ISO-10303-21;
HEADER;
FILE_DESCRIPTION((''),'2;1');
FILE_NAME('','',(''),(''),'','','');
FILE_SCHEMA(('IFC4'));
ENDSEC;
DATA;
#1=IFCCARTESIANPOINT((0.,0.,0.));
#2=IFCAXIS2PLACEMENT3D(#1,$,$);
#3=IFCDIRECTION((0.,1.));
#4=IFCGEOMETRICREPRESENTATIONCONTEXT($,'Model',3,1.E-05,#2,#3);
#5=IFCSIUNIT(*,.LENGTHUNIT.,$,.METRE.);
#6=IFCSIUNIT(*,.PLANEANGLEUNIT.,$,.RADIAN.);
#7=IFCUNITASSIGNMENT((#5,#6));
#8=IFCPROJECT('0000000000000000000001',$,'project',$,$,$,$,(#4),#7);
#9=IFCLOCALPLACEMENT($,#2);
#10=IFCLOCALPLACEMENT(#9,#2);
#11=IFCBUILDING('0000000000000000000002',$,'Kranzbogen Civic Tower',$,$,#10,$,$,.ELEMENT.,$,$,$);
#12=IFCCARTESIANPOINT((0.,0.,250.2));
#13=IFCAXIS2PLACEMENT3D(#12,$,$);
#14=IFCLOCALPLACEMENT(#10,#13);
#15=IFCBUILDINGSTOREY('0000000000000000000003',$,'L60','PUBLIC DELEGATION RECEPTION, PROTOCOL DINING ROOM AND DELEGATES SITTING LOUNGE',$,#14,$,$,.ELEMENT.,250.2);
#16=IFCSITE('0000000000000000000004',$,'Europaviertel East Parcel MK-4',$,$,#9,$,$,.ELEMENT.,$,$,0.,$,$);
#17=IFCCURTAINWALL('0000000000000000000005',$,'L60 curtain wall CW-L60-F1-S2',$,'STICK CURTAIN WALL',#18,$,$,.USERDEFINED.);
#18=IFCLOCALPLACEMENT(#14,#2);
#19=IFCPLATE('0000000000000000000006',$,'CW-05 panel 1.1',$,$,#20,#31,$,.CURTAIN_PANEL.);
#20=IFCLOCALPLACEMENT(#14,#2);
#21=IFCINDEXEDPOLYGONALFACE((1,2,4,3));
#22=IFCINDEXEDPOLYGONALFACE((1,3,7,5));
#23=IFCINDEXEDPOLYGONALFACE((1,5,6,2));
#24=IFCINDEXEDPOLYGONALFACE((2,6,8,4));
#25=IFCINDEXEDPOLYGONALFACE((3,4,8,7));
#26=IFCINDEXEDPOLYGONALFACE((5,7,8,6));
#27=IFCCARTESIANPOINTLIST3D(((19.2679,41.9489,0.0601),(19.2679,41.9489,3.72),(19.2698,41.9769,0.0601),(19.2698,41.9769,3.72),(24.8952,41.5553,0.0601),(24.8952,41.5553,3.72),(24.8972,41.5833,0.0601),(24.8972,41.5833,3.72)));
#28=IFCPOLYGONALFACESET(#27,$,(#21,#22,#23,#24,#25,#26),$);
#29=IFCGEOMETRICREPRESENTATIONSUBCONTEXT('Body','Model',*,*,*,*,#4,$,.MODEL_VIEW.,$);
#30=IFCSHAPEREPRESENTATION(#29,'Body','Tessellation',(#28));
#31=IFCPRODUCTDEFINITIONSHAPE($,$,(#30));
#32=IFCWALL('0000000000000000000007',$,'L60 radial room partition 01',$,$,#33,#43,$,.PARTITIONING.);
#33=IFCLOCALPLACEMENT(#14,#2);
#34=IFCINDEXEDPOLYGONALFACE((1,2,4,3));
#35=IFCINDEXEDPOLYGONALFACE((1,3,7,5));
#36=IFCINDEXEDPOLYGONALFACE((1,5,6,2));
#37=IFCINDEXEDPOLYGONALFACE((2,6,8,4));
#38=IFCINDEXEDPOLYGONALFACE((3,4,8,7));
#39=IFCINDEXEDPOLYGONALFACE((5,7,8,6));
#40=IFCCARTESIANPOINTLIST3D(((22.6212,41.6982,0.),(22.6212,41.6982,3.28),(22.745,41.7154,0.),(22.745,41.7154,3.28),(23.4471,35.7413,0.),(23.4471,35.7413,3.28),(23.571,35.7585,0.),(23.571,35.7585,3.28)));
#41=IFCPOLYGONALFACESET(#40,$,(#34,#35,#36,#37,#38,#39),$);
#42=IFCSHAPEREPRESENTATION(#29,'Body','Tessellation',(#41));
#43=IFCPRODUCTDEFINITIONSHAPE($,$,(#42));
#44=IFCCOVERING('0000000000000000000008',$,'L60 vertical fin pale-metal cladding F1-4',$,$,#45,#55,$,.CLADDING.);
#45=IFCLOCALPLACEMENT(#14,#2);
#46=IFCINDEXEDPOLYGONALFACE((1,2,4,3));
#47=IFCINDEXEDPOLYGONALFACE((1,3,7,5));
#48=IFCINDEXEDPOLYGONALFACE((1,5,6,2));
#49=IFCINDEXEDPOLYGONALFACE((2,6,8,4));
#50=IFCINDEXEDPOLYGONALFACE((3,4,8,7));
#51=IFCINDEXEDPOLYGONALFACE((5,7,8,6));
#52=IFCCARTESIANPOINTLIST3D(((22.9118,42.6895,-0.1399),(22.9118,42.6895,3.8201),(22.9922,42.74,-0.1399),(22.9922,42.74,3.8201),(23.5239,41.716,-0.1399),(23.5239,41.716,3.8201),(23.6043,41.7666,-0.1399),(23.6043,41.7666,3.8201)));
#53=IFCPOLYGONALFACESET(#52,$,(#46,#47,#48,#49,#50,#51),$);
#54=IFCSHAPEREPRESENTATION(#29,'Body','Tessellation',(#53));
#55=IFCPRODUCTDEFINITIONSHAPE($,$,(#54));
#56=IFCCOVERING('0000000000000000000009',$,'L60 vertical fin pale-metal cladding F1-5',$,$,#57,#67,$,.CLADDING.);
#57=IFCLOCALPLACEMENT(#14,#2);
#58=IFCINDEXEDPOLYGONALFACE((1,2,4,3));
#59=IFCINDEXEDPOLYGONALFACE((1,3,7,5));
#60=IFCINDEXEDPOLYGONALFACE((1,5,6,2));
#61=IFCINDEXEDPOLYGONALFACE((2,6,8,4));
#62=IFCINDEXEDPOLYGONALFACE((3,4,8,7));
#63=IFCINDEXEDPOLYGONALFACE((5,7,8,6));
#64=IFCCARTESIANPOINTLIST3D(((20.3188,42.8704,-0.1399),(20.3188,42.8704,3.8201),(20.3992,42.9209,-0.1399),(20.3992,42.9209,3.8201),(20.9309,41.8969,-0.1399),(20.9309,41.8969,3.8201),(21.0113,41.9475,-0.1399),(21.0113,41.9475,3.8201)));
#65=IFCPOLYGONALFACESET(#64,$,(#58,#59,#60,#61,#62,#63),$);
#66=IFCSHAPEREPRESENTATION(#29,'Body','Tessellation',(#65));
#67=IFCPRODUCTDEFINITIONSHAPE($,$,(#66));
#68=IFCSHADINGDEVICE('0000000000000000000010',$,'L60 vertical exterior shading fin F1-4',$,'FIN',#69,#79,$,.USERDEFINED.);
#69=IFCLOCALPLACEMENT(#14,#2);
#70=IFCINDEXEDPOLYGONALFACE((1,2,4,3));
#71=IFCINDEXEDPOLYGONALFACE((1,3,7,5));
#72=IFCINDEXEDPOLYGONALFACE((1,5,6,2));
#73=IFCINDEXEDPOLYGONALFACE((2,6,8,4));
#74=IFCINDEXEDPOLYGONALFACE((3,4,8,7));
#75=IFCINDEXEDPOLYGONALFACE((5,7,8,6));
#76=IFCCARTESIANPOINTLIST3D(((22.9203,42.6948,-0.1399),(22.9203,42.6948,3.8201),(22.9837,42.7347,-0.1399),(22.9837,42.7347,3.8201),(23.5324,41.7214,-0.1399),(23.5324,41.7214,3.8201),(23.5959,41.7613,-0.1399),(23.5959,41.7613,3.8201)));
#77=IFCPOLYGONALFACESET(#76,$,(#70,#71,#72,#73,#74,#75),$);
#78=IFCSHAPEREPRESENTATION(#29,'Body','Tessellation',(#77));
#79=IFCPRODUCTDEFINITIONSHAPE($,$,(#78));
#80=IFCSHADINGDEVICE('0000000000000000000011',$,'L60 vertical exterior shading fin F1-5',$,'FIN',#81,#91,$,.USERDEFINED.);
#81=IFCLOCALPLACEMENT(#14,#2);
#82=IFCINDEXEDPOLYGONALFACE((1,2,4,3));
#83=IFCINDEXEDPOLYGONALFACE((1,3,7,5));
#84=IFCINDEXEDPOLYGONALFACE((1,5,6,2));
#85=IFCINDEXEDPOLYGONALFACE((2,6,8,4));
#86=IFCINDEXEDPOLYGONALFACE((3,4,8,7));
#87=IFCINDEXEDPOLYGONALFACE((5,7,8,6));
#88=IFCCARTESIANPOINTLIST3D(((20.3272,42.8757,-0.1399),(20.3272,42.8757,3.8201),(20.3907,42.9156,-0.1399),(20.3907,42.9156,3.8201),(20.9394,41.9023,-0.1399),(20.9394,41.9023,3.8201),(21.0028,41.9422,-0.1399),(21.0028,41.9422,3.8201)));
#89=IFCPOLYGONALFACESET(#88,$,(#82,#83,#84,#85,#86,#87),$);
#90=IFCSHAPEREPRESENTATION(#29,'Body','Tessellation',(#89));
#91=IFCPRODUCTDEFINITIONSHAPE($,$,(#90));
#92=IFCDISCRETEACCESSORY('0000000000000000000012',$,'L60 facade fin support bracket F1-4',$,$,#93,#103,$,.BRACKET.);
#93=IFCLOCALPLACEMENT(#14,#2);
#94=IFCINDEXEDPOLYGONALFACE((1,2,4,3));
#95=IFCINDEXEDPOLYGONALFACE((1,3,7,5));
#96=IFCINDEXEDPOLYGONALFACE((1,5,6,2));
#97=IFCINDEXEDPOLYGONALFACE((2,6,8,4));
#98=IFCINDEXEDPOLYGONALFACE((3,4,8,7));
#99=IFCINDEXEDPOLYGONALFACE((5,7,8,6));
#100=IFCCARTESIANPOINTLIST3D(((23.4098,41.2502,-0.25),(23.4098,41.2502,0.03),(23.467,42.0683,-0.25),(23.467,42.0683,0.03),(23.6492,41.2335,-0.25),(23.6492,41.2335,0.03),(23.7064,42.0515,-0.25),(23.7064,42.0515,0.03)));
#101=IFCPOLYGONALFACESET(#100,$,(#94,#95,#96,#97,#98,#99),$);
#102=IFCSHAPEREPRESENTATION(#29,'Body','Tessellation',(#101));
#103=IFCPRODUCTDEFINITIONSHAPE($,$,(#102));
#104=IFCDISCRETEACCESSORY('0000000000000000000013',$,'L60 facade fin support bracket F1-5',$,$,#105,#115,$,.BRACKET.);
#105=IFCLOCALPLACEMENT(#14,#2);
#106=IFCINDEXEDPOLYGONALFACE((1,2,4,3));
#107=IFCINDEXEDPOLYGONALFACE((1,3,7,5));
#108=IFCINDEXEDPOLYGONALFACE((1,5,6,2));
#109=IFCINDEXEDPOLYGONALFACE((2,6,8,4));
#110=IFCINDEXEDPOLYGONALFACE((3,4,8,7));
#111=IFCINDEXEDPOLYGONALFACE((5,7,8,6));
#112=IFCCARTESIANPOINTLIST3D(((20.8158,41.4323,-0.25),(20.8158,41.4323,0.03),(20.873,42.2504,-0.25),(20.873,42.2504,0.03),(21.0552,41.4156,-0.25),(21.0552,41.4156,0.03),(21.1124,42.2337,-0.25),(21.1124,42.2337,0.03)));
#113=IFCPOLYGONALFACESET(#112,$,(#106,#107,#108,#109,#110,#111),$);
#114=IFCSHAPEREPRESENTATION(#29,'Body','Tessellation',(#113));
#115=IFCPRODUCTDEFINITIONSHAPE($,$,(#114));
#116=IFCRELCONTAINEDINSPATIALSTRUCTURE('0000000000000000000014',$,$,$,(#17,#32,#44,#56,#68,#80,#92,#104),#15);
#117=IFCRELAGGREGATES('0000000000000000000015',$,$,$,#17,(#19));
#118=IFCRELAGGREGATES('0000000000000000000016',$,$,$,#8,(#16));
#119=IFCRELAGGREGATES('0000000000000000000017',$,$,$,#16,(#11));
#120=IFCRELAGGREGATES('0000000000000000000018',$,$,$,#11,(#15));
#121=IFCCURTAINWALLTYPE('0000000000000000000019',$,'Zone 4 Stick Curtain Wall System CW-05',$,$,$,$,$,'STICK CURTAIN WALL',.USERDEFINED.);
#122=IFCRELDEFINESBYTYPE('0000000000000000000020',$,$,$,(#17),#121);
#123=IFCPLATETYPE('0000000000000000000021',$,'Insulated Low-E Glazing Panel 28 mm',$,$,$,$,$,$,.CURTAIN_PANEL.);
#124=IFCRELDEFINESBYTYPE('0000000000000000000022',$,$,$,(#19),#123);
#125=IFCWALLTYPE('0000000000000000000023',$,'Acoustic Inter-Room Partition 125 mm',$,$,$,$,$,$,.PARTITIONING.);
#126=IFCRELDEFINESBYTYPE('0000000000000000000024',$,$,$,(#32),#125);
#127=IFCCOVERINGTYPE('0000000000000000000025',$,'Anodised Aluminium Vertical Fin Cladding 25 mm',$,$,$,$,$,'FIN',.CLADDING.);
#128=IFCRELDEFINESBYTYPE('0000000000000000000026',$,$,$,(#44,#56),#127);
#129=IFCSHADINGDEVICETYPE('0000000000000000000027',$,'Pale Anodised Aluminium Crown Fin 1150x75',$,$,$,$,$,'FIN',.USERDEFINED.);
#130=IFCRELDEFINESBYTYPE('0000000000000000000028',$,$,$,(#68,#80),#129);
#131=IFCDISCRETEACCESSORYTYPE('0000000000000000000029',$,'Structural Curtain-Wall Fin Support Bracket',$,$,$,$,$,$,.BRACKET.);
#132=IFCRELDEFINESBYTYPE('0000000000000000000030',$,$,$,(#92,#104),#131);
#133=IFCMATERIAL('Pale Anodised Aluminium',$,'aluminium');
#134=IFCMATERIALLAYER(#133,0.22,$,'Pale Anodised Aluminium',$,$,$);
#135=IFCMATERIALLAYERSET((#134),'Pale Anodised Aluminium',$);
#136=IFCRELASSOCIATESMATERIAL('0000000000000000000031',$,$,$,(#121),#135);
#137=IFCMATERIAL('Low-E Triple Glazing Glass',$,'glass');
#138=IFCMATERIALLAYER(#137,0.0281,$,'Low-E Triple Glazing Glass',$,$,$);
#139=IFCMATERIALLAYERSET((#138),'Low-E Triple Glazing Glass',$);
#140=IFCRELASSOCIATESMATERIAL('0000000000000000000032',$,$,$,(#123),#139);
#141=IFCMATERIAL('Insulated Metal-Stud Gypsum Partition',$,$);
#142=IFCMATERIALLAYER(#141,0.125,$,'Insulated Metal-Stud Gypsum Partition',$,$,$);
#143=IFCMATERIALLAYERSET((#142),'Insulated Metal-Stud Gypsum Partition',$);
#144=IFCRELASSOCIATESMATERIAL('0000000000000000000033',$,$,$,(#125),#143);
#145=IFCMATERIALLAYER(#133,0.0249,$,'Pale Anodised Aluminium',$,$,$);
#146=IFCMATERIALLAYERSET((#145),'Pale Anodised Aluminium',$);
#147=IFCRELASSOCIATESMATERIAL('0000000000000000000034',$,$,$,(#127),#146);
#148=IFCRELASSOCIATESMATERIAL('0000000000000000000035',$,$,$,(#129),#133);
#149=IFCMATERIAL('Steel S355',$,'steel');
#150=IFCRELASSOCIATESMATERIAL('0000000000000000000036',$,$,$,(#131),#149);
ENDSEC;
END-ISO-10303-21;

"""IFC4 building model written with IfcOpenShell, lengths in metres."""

from ifc_helpers import new_model, si_unit, direction, frame, frame_2d, origin, origin_2d, place, context, subcontext, project, spatial, rectangle, extrude, material, layer, layer_set, type_object, element, aggregate, save


model = new_model("IFC4")

# Units and contexts
model_context = context("Model", 3, precision=1e-05, world=origin(), true_north=direction((0.0, 1.0)))
body_context = subcontext(model_context, "Body", "Model", "MODEL_VIEW")
ifc_project = project(units=[si_unit("LENGTHUNIT", "METRE"), si_unit("PLANEANGLEUNIT", "RADIAN")], contexts=[model_context])

# Site, building, storey
site_placement = place(None, origin())
site = spatial("IfcSite", under=ifc_project, at=site_placement, Name="Europaviertel East Parcel MK-4", CompositionType="ELEMENT", RefElevation=0.0)
building_placement = place(site_placement, origin())
building = spatial("IfcBuilding", under=site, at=building_placement, Name="Kranzbogen Civic Tower", CompositionType="ELEMENT")
storey_placement = place(building_placement, frame((0.0, 0.0, 250.2)))
storey = spatial("IfcBuildingStorey", under=building, at=storey_placement, Name="L60", Description="PUBLIC DELEGATION RECEPTION, PROTOCOL DINING ROOM AND DELEGATES SITTING LOUNGE", CompositionType="ELEMENT", Elevation=250.2)

# Shared definitions
ifc_material_1 = material(Name="Steel S355", Category="steel")

# Curtain wall
ifc_material_2 = material(Name="Pale Anodised Aluminium", Category="aluminium")
ifc_layer_1 = layer(ifc_material_2, 0.22, Name="Pale Anodised Aluminium")
ifc_layer_set_1 = layer_set([ifc_layer_1], Name="Pale Anodised Aluminium")
curtain_wall_type_1 = type_object("IfcCurtainWallType", Name="Zone 4 Stick Curtain Wall System CW-05", ElementType="STICK CURTAIN WALL", PredefinedType="USERDEFINED", material=ifc_layer_set_1)
curtain_wall_1_placement = place(storey_placement, origin())
curtain_wall_1 = element("IfcCurtainWall", 1, at=curtain_wall_1_placement, inside=storey, type_object=curtain_wall_type_1, Name="L60 curtain wall CW-L60-F1-S2", ObjectType="STICK CURTAIN WALL", PredefinedType="USERDEFINED")

# Plate
ifc_material_3 = material(Name="Low-E Triple Glazing Glass", Category="glass")
ifc_layer_2 = layer(ifc_material_3, 0.0281, Name="Low-E Triple Glazing Glass")
ifc_layer_set_2 = layer_set([ifc_layer_2], Name="Low-E Triple Glazing Glass")
plate_type = type_object("IfcPlateType", Name="Insulated Low-E Glazing Panel 28 mm", PredefinedType="CURTAIN_PANEL", material=ifc_layer_set_2)
plate_placement = place(storey_placement, frame((22.0825, 41.7661, 0.0601), z_axis=(0.0, 0.0, 1.0), x_axis=(-0.997562, 0.069779, 0.0)))
plate = element("IfcPlate", 2, at=plate_placement, type_object=plate_type, Name="CW-05 panel 1.1", PredefinedType="CURTAIN_PANEL", context=body_context, shape_type="SweptSolid", body=[
    extrude(rectangle(XDim=5.6411, YDim=0.0281, at=origin_2d()), origin(), (0.0, 0.0, 1.0), 3.6599),
])
aggregate(curtain_wall_1, [plate])

# Wall
ifc_material_4 = material(Name="Insulated Metal-Stud Gypsum Partition")
ifc_layer_3 = layer(ifc_material_4, 0.125, Name="Insulated Metal-Stud Gypsum Partition")
ifc_layer_set_3 = layer_set([ifc_layer_3], Name="Insulated Metal-Stud Gypsum Partition")
wall_type = type_object("IfcWallType", Name="Acoustic Inter-Room Partition 125 mm", PredefinedType="PARTITIONING", material=ifc_layer_set_3)
wall_placement = place(storey_placement, frame((23.509, 35.75, 0.0), z_axis=(0.0, 0.0, 1.0), x_axis=(-0.137334, 0.990525, 0.0)))
element("IfcWall", 3, at=wall_placement, inside=storey, type_object=wall_type, Name="L60 radial room partition 01", PredefinedType="PARTITIONING", context=body_context, shape_type="SweptSolid", body=[
    extrude(rectangle(XDim=6.0139, YDim=0.125, at=frame_2d((3.0068, 0.0))), origin(), (0.0, 0.0, 1.0), 3.28),
])

# Coverings
ifc_layer_4 = layer(ifc_material_2, 0.0249, Name="Pale Anodised Aluminium")
ifc_layer_set_4 = layer_set([ifc_layer_4], Name="Pale Anodised Aluminium")
covering_type = type_object("IfcCoveringType", Name="Anodised Aluminium Vertical Fin Cladding 25 mm", ElementType="FIN", PredefinedType="CLADDING", material=ifc_layer_set_4)
for number, where, z_axis, x_axis, name in (
    (4, (23.2581, 42.228, -0.1399), (0.0, 0.0, 1.0), (-0.532344, 0.846528, 0.0), "L60 vertical fin pale-metal cladding F1-4"),
    (5, (20.665, 42.4089, -0.1399), (0.0, 0.0, 1.0), (-0.532344, 0.846528, 0.0), "L60 vertical fin pale-metal cladding F1-5"),
):
    element("IfcCovering", number, at=place(storey_placement, frame(where, z_axis=z_axis, x_axis=x_axis)), inside=storey, type_object=covering_type, Name=name, PredefinedType="CLADDING", context=body_context, shape_type="SweptSolid", body=[
        extrude(rectangle(XDim=1.1499, YDim=0.095, at=origin_2d()), origin(), (0.0, 0.0, 1.0), 3.96),
    ])

# Shading devices
shading_device_type = type_object("IfcShadingDeviceType", Name="Pale Anodised Aluminium Crown Fin 1150x75", ElementType="FIN", PredefinedType="USERDEFINED", material=ifc_material_2)
for number, where, z_axis, x_axis, name in (
    (6, (23.2581, 42.228, -0.1399), (0.0, 0.0, 1.0), (-0.532344, 0.846528, 0.0), "L60 vertical exterior shading fin F1-4"),
    (7, (20.665, 42.4089, -0.1399), (0.0, 0.0, 1.0), (-0.532344, 0.846528, 0.0), "L60 vertical exterior shading fin F1-5"),
):
    element("IfcShadingDevice", number, at=place(storey_placement, frame(where, z_axis=z_axis, x_axis=x_axis)), inside=storey, type_object=shading_device_type, Name=name, ObjectType="FIN", PredefinedType="USERDEFINED", context=body_context, shape_type="SweptSolid", body=[
        extrude(rectangle(XDim=1.1499, YDim=0.075, at=origin_2d()), origin(), (0.0, 0.0, 1.0), 3.96),
    ])

# Discrete accessories
discrete_accessory_type = type_object("IfcDiscreteAccessoryType", Name="Structural Curtain-Wall Fin Support Bracket", PredefinedType="BRACKET", material=ifc_material_1)
for number, where, z_axis, x_axis, name in (
    (8, (23.5581, 41.6509, -0.25), (0.0, 0.0, 1.0), (0.069756, 0.997564, 0.0), "L60 facade fin support bracket F1-4"),
    (9, (20.9641, 41.833, -0.25), (0.0, 0.0, 1.0), (0.069756, 0.997564, 0.0), "L60 facade fin support bracket F1-5"),
):
    element("IfcDiscreteAccessory", number, at=place(storey_placement, frame(where, z_axis=z_axis, x_axis=x_axis)), inside=storey, type_object=discrete_accessory_type, Name=name, PredefinedType="BRACKET", context=body_context, shape_type="SweptSolid", body=[
        extrude(rectangle(XDim=0.8201, YDim=0.24, at=origin_2d()), origin(), (0.0, 0.0, 1.0), 0.28),
    ])

save(model, "model.ifc")
